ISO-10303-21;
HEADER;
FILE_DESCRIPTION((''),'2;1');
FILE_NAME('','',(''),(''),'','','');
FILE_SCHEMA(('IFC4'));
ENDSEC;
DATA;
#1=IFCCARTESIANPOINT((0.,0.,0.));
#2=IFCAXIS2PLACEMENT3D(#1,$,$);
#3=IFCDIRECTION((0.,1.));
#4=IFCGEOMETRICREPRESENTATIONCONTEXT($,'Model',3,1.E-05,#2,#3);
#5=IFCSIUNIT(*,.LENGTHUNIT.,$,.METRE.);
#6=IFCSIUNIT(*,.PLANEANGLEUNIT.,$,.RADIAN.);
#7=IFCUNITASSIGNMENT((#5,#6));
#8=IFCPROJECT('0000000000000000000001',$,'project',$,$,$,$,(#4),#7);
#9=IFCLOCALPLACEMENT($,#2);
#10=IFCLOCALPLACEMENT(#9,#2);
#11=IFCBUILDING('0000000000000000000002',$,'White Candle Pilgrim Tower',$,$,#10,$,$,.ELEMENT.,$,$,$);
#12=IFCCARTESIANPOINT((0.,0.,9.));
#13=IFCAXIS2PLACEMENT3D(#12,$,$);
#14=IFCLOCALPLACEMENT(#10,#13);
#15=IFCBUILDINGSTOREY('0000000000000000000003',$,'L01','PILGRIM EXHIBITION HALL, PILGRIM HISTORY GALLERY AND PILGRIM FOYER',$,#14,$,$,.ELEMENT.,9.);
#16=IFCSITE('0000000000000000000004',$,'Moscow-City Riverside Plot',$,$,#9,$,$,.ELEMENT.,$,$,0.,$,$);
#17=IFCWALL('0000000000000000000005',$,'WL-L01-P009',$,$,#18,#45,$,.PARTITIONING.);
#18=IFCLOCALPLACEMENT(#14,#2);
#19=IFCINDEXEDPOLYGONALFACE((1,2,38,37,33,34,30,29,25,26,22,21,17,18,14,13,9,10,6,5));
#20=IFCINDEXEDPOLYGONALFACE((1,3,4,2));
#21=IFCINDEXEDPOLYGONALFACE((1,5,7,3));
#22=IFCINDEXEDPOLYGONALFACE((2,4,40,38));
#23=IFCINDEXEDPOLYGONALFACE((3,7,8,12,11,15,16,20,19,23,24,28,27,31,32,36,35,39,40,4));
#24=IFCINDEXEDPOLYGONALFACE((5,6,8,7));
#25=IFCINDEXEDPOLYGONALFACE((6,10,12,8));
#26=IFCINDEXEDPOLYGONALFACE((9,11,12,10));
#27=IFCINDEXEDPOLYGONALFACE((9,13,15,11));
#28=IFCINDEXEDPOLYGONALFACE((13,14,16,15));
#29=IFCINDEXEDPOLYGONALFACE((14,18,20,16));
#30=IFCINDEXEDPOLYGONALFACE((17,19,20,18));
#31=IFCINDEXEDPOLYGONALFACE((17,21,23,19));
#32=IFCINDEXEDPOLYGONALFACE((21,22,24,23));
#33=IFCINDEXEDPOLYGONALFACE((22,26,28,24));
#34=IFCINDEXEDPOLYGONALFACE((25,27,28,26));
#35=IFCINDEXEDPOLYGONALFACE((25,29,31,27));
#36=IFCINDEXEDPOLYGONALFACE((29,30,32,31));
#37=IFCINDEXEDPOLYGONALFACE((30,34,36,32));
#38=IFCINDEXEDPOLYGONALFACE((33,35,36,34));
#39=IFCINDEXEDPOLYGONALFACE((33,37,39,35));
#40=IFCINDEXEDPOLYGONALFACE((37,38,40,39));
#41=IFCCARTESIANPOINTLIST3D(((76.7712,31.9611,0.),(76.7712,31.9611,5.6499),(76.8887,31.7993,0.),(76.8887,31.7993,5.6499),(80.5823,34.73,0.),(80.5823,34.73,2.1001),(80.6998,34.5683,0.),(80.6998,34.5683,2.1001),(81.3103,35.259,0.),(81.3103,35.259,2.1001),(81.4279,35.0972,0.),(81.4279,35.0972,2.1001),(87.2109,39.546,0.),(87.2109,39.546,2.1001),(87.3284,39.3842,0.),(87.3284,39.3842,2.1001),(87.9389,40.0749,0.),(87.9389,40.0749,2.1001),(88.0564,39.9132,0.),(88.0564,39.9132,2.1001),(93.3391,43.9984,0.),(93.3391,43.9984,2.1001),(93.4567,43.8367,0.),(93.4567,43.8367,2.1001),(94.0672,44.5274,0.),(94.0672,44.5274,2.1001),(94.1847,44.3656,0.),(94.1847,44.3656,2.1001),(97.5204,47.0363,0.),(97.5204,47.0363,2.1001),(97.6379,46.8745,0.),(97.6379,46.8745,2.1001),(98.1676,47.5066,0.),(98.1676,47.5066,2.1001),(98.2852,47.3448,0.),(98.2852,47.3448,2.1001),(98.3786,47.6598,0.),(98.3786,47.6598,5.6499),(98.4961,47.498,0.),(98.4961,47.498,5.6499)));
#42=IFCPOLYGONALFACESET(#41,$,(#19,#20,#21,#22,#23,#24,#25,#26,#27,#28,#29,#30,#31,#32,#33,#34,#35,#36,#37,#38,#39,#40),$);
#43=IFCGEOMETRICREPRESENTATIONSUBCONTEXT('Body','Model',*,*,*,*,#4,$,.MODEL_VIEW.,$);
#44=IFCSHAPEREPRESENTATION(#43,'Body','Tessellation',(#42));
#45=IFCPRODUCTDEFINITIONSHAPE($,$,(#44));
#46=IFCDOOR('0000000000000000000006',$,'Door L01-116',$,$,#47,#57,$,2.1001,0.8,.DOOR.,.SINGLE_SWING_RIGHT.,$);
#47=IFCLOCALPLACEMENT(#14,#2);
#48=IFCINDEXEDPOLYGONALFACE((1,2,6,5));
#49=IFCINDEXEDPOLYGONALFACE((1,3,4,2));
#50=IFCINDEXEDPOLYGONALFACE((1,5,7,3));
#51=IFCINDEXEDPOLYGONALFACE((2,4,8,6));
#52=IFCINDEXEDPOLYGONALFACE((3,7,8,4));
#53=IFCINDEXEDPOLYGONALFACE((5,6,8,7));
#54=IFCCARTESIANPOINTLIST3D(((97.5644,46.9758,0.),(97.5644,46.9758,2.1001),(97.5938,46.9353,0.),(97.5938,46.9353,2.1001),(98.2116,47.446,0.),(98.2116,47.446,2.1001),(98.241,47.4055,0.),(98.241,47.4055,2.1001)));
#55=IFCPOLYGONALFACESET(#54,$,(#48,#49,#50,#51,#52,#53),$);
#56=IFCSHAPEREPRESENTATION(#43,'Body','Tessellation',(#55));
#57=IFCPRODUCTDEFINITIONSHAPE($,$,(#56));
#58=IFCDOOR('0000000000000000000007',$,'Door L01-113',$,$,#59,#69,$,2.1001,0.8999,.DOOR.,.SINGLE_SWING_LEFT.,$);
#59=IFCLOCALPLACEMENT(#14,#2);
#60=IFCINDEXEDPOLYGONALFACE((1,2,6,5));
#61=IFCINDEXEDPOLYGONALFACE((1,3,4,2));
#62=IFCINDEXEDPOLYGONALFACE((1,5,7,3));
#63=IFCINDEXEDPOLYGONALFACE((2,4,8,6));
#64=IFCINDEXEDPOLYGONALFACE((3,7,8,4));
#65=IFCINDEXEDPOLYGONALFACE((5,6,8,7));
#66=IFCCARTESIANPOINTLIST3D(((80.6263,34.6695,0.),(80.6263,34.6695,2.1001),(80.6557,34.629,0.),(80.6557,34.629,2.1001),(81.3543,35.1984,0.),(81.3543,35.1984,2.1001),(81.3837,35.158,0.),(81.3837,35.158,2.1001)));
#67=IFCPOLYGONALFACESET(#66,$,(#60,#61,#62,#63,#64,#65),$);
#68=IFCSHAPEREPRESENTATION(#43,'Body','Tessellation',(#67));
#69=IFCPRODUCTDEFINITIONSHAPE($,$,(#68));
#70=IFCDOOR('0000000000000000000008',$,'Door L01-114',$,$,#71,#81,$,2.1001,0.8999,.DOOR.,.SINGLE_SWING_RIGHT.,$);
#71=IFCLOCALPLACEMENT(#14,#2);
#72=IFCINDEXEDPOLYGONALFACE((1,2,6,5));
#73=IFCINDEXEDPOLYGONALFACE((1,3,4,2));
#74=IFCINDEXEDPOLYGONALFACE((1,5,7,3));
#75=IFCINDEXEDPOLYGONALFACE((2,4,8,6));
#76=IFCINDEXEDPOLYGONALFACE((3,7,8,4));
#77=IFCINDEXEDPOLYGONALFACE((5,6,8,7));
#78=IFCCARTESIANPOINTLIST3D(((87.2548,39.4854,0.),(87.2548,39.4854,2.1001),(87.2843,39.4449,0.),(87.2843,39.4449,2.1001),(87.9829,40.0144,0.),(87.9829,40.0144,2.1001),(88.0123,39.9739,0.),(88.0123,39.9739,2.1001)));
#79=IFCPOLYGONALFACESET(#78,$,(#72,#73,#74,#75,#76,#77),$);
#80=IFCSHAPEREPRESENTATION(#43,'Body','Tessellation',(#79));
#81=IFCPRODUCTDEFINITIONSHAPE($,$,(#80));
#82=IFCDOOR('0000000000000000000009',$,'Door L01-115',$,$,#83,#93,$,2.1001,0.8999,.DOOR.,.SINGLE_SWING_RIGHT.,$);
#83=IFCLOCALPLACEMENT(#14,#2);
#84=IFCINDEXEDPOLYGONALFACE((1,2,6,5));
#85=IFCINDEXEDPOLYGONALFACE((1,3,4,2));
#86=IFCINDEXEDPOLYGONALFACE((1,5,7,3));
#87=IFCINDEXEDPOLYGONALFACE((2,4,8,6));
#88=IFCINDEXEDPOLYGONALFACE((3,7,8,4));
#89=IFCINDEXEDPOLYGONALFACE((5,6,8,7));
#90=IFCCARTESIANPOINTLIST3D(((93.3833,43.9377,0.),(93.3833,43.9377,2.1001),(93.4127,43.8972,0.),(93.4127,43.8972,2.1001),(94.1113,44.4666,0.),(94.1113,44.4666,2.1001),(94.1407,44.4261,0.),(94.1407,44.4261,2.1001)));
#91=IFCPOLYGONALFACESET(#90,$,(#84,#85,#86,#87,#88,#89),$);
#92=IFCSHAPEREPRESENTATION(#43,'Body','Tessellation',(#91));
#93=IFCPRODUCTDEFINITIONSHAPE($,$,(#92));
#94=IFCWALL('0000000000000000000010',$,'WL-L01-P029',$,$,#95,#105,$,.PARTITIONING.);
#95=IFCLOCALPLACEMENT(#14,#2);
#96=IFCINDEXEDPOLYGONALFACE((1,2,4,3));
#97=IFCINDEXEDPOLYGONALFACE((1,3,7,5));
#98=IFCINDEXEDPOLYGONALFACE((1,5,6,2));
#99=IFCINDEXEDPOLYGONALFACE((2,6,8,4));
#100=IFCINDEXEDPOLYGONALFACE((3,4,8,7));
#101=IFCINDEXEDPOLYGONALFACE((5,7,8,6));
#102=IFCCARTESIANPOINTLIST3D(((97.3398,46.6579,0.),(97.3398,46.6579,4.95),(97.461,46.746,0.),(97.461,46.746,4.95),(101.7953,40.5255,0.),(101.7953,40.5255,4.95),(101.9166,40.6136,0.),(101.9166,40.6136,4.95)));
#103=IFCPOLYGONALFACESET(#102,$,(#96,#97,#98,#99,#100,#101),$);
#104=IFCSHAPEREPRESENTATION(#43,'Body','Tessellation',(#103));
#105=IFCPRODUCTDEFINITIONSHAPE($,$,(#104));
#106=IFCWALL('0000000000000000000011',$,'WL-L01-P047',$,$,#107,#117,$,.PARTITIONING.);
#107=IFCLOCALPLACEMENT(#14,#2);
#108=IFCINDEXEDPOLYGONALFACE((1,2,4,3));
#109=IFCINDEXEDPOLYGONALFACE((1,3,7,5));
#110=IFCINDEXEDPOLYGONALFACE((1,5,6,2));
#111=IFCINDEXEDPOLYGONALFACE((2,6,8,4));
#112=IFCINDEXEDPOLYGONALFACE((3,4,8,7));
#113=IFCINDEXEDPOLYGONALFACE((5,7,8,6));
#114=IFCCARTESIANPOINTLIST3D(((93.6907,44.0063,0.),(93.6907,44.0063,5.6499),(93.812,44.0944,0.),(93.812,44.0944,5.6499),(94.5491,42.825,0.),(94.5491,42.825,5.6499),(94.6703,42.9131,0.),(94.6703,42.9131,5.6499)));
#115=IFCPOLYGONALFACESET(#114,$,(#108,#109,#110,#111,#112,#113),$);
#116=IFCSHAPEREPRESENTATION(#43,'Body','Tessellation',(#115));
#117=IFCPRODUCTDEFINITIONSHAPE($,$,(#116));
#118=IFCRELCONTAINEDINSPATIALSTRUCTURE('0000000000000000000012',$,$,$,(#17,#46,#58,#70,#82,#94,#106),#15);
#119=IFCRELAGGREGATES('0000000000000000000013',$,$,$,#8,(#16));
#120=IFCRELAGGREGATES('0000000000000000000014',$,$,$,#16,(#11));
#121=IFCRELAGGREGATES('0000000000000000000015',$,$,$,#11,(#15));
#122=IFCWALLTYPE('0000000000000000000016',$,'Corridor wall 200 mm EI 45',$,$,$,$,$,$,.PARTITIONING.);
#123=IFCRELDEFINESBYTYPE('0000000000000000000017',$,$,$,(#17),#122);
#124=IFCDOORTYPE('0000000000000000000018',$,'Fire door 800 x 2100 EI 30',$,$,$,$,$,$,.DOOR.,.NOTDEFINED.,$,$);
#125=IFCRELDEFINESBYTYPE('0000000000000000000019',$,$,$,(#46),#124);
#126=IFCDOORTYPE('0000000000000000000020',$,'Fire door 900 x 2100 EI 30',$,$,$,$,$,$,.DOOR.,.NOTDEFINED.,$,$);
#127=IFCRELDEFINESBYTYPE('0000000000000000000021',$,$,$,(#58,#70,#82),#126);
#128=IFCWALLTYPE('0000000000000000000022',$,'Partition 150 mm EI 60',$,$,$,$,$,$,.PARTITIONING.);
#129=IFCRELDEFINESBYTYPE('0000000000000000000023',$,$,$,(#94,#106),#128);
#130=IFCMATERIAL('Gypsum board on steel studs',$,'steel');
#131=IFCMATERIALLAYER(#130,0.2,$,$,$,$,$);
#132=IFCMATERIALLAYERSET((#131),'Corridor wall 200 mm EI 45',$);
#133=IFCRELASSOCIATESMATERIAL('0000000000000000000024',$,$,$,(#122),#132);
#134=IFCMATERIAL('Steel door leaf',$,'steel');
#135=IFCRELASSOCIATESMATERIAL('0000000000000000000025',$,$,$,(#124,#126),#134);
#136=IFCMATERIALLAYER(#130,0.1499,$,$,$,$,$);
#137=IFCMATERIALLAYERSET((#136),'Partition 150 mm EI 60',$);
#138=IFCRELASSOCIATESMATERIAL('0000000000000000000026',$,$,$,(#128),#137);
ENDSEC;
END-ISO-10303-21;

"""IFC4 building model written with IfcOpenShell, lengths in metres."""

from ifc_helpers import new_model, si_unit, direction, frame, frame_2d, origin, place, context, subcontext, project, spatial, rectangle, extrude, material, layer, layer_set, type_object, element, fill, save


model = new_model("IFC4")

# Units and contexts
model_context = context("Model", 3, precision=1e-05, world=origin(), true_north=direction((0.0, 1.0)))
body_context = subcontext(model_context, "Body", "Model", "MODEL_VIEW")
ifc_project = project(units=[si_unit("LENGTHUNIT", "METRE"), si_unit("PLANEANGLEUNIT", "RADIAN")], contexts=[model_context])

# Site, building, storey
site_placement = place(None, origin())
site = spatial("IfcSite", under=ifc_project, at=site_placement, Name="Moscow-City Riverside Plot", CompositionType="ELEMENT", RefElevation=0.0)
building_placement = place(site_placement, origin())
building = spatial("IfcBuilding", under=site, at=building_placement, Name="White Candle Pilgrim Tower", CompositionType="ELEMENT")
storey_placement = place(building_placement, frame((0.0, 0.0, 9.0)))
storey = spatial("IfcBuildingStorey", under=building, at=storey_placement, Name="L01", Description="PILGRIM EXHIBITION HALL, PILGRIM HISTORY GALLERY AND PILGRIM FOYER", CompositionType="ELEMENT", Elevation=9.0)

# Wall, openings, doors
ifc_material_1 = material(Name="Gypsum board on steel studs", Category="steel")
ifc_layer_1 = layer(ifc_material_1, 0.2)
ifc_layer_set_1 = layer_set([ifc_layer_1], Name="Corridor wall 200 mm EI 45")
wall_type_1 = type_object("IfcWallType", Name="Corridor wall 200 mm EI 45", PredefinedType="PARTITIONING", material=ifc_layer_set_1)
wall_1_placement = place(storey_placement, frame((98.4373, 47.5789, 0.0), z_axis=(0.0, 0.0, 1.0), x_axis=(-0.809017, -0.587786, 0.0)))
wall_1 = element("IfcWall", 1, at=wall_1_placement, inside=storey, type_object=wall_type_1, Name="WL-L01-P009", PredefinedType="PARTITIONING", context=body_context, shape_type="SweptSolid", body=[
    extrude(rectangle(XDim=26.7083, YDim=0.2, at=frame_2d((13.354, 0.0))), origin(), (0.0, 0.0, 1.0), 5.6499),
])
opening_1_placement = place(wall_1_placement, frame((21.0974, 0.0, 0.0)))
opening_1 = element("IfcOpeningElement", 2, at=opening_1_placement, cuts=wall_1, PredefinedType="OPENING", context=body_context, shape_type="SweptSolid", body=[
    extrude(rectangle(XDim=0.8999, YDim=2.1001, at=frame_2d((0.45, 1.05))), frame((0.0, 0.1099, 0.0), z_axis=(0.0, -1.0, 0.0), x_axis=(1.0, 0.0, 0.0)), (0.0, 0.0, 1.0), 0.22),
])
opening_2_placement = place(wall_1_placement, frame((12.9041, 0.0, 0.0)))
opening_2 = element("IfcOpeningElement", 3, at=opening_2_placement, cuts=wall_1, PredefinedType="OPENING", context=body_context, shape_type="SweptSolid", body=[
    extrude(rectangle(XDim=0.8999, YDim=2.1001, at=frame_2d((0.45, 1.05))), frame((0.0, 0.1099, 0.0), z_axis=(0.0, -1.0, 0.0), x_axis=(1.0, 0.0, 0.0)), (0.0, 0.0, 1.0), 0.22),
])
opening_3_placement = place(wall_1_placement, frame((5.3291, 0.0, 0.0)))
opening_3 = element("IfcOpeningElement", 4, at=opening_3_placement, cuts=wall_1, PredefinedType="OPENING", context=body_context, shape_type="SweptSolid", body=[
    extrude(rectangle(XDim=0.8999, YDim=2.1001, at=frame_2d((0.45, 1.05))), frame((0.0, 0.1099, 0.0), z_axis=(0.0, -1.0, 0.0), x_axis=(1.0, 0.0, 0.0)), (0.0, 0.0, 1.0), 0.22),
])
opening_4_placement = place(wall_1_placement, frame((0.2607, 0.0, 0.0)))
opening_4 = element("IfcOpeningElement", 5, at=opening_4_placement, cuts=wall_1, PredefinedType="OPENING", context=body_context, shape_type="SweptSolid", body=[
    extrude(rectangle(XDim=0.8, YDim=2.1001, at=frame_2d((0.3999, 1.05))), frame((0.0, 0.1099, 0.0), z_axis=(0.0, -1.0, 0.0), x_axis=(1.0, 0.0, 0.0)), (0.0, 0.0, 1.0), 0.22),
])
ifc_material_2 = material(Name="Steel door leaf", Category="steel")
door_type_1 = type_object("IfcDoorType", Name="Fire door 800 x 2100 EI 30", OperationType="NOTDEFINED", PredefinedType="DOOR", material=ifc_material_2)
door_1_placement = place(opening_4_placement, origin())
door_1 = element("IfcDoor", 6, at=door_1_placement, inside=storey, type_object=door_type_1, Name="Door L01-116", OperationType="SINGLE_SWING_RIGHT", OverallHeight=2.1001, OverallWidth=0.8, PredefinedType="DOOR", context=body_context, shape_type="SweptSolid", body=[
    extrude(rectangle(XDim=0.8, YDim=2.1001, at=frame_2d((0.3999, 1.05))), frame((0.0, 0.0249, 0.0), z_axis=(0.0, -1.0, 0.0), x_axis=(1.0, 0.0, 0.0)), (0.0, 0.0, 1.0), 0.05),
])
fill(opening_4, door_1)
door_type_2 = type_object("IfcDoorType", Name="Fire door 900 x 2100 EI 30", OperationType="NOTDEFINED", PredefinedType="DOOR", material=ifc_material_2)
door_2_placement = place(opening_1_placement, origin())
door_2 = element("IfcDoor", 7, at=door_2_placement, inside=storey, type_object=door_type_2, Name="Door L01-113", OperationType="SINGLE_SWING_LEFT", OverallHeight=2.1001, OverallWidth=0.8999, PredefinedType="DOOR", context=body_context, shape_type="SweptSolid", body=[
    extrude(rectangle(XDim=0.8999, YDim=2.1001, at=frame_2d((0.45, 1.05))), frame((0.0, 0.0249, 0.0), z_axis=(0.0, -1.0, 0.0), x_axis=(1.0, 0.0, 0.0)), (0.0, 0.0, 1.0), 0.05),
])
fill(opening_1, door_2)
door_3_placement = place(opening_2_placement, origin())
door_3 = element("IfcDoor", 8, at=door_3_placement, inside=storey, type_object=door_type_2, Name="Door L01-114", OperationType="SINGLE_SWING_RIGHT", OverallHeight=2.1001, OverallWidth=0.8999, PredefinedType="DOOR", context=body_context, shape_type="SweptSolid", body=[
    extrude(rectangle(XDim=0.8999, YDim=2.1001, at=frame_2d((0.45, 1.05))), frame((0.0, 0.0249, 0.0), z_axis=(0.0, -1.0, 0.0), x_axis=(1.0, 0.0, 0.0)), (0.0, 0.0, 1.0), 0.05),
])
fill(opening_2, door_3)
door_4_placement = place(opening_3_placement, frame((0.8999, 0.0, 0.0), z_axis=(0.0, 0.0, 1.0), x_axis=(-1.0, 0.0, 0.0)))
door_4 = element("IfcDoor", 9, at=door_4_placement, inside=storey, type_object=door_type_2, Name="Door L01-115", OperationType="SINGLE_SWING_RIGHT", OverallHeight=2.1001, OverallWidth=0.8999, PredefinedType="DOOR", context=body_context, shape_type="SweptSolid", body=[
    extrude(rectangle(XDim=0.8999, YDim=2.1001, at=frame_2d((0.45, 1.05))), frame((0.0, 0.0249, 0.0), z_axis=(0.0, -1.0, 0.0), x_axis=(1.0, 0.0, 0.0)), (0.0, 0.0, 1.0), 0.05),
])
fill(opening_3, door_4)

# Walls
ifc_layer_2 = layer(ifc_material_1, 0.1499)
ifc_layer_set_2 = layer_set([ifc_layer_2], Name="Partition 150 mm EI 60")
wall_type_2 = type_object("IfcWallType", Name="Partition 150 mm EI 60", PredefinedType="PARTITIONING", material=ifc_layer_set_2)
wall_2_placement = place(storey_placement, frame((101.856, 40.5696, 0.0), z_axis=(0.0, 0.0, 1.0), x_axis=(-0.5878, 0.809006, 0.0)))
element("IfcWall", 10, at=wall_2_placement, inside=storey, type_object=wall_type_2, Name="WL-L01-P029", PredefinedType="PARTITIONING", context=body_context, shape_type="SweptSolid", body=[
    extrude(rectangle(XDim=7.5801, YDim=0.1499, at=frame_2d((3.79, 0.0))), origin(), (0.0, 0.0, 1.0), 4.95),
])
wall_3_placement = place(storey_placement, frame((94.6096, 42.8691, 0.0), z_axis=(0.0, 0.0, 1.0), x_axis=(-0.587814, 0.808996, 0.0)))
element("IfcWall", 11, at=wall_3_placement, inside=storey, type_object=wall_type_2, Name="WL-L01-P047", PredefinedType="PARTITIONING", context=body_context, shape_type="SweptSolid", body=[
    extrude(rectangle(XDim=1.4602, YDim=0.1499, at=frame_2d((0.73, 0.0))), origin(), (0.0, 0.0, 1.0), 5.6499),
])

save(model, "model.ifc")
